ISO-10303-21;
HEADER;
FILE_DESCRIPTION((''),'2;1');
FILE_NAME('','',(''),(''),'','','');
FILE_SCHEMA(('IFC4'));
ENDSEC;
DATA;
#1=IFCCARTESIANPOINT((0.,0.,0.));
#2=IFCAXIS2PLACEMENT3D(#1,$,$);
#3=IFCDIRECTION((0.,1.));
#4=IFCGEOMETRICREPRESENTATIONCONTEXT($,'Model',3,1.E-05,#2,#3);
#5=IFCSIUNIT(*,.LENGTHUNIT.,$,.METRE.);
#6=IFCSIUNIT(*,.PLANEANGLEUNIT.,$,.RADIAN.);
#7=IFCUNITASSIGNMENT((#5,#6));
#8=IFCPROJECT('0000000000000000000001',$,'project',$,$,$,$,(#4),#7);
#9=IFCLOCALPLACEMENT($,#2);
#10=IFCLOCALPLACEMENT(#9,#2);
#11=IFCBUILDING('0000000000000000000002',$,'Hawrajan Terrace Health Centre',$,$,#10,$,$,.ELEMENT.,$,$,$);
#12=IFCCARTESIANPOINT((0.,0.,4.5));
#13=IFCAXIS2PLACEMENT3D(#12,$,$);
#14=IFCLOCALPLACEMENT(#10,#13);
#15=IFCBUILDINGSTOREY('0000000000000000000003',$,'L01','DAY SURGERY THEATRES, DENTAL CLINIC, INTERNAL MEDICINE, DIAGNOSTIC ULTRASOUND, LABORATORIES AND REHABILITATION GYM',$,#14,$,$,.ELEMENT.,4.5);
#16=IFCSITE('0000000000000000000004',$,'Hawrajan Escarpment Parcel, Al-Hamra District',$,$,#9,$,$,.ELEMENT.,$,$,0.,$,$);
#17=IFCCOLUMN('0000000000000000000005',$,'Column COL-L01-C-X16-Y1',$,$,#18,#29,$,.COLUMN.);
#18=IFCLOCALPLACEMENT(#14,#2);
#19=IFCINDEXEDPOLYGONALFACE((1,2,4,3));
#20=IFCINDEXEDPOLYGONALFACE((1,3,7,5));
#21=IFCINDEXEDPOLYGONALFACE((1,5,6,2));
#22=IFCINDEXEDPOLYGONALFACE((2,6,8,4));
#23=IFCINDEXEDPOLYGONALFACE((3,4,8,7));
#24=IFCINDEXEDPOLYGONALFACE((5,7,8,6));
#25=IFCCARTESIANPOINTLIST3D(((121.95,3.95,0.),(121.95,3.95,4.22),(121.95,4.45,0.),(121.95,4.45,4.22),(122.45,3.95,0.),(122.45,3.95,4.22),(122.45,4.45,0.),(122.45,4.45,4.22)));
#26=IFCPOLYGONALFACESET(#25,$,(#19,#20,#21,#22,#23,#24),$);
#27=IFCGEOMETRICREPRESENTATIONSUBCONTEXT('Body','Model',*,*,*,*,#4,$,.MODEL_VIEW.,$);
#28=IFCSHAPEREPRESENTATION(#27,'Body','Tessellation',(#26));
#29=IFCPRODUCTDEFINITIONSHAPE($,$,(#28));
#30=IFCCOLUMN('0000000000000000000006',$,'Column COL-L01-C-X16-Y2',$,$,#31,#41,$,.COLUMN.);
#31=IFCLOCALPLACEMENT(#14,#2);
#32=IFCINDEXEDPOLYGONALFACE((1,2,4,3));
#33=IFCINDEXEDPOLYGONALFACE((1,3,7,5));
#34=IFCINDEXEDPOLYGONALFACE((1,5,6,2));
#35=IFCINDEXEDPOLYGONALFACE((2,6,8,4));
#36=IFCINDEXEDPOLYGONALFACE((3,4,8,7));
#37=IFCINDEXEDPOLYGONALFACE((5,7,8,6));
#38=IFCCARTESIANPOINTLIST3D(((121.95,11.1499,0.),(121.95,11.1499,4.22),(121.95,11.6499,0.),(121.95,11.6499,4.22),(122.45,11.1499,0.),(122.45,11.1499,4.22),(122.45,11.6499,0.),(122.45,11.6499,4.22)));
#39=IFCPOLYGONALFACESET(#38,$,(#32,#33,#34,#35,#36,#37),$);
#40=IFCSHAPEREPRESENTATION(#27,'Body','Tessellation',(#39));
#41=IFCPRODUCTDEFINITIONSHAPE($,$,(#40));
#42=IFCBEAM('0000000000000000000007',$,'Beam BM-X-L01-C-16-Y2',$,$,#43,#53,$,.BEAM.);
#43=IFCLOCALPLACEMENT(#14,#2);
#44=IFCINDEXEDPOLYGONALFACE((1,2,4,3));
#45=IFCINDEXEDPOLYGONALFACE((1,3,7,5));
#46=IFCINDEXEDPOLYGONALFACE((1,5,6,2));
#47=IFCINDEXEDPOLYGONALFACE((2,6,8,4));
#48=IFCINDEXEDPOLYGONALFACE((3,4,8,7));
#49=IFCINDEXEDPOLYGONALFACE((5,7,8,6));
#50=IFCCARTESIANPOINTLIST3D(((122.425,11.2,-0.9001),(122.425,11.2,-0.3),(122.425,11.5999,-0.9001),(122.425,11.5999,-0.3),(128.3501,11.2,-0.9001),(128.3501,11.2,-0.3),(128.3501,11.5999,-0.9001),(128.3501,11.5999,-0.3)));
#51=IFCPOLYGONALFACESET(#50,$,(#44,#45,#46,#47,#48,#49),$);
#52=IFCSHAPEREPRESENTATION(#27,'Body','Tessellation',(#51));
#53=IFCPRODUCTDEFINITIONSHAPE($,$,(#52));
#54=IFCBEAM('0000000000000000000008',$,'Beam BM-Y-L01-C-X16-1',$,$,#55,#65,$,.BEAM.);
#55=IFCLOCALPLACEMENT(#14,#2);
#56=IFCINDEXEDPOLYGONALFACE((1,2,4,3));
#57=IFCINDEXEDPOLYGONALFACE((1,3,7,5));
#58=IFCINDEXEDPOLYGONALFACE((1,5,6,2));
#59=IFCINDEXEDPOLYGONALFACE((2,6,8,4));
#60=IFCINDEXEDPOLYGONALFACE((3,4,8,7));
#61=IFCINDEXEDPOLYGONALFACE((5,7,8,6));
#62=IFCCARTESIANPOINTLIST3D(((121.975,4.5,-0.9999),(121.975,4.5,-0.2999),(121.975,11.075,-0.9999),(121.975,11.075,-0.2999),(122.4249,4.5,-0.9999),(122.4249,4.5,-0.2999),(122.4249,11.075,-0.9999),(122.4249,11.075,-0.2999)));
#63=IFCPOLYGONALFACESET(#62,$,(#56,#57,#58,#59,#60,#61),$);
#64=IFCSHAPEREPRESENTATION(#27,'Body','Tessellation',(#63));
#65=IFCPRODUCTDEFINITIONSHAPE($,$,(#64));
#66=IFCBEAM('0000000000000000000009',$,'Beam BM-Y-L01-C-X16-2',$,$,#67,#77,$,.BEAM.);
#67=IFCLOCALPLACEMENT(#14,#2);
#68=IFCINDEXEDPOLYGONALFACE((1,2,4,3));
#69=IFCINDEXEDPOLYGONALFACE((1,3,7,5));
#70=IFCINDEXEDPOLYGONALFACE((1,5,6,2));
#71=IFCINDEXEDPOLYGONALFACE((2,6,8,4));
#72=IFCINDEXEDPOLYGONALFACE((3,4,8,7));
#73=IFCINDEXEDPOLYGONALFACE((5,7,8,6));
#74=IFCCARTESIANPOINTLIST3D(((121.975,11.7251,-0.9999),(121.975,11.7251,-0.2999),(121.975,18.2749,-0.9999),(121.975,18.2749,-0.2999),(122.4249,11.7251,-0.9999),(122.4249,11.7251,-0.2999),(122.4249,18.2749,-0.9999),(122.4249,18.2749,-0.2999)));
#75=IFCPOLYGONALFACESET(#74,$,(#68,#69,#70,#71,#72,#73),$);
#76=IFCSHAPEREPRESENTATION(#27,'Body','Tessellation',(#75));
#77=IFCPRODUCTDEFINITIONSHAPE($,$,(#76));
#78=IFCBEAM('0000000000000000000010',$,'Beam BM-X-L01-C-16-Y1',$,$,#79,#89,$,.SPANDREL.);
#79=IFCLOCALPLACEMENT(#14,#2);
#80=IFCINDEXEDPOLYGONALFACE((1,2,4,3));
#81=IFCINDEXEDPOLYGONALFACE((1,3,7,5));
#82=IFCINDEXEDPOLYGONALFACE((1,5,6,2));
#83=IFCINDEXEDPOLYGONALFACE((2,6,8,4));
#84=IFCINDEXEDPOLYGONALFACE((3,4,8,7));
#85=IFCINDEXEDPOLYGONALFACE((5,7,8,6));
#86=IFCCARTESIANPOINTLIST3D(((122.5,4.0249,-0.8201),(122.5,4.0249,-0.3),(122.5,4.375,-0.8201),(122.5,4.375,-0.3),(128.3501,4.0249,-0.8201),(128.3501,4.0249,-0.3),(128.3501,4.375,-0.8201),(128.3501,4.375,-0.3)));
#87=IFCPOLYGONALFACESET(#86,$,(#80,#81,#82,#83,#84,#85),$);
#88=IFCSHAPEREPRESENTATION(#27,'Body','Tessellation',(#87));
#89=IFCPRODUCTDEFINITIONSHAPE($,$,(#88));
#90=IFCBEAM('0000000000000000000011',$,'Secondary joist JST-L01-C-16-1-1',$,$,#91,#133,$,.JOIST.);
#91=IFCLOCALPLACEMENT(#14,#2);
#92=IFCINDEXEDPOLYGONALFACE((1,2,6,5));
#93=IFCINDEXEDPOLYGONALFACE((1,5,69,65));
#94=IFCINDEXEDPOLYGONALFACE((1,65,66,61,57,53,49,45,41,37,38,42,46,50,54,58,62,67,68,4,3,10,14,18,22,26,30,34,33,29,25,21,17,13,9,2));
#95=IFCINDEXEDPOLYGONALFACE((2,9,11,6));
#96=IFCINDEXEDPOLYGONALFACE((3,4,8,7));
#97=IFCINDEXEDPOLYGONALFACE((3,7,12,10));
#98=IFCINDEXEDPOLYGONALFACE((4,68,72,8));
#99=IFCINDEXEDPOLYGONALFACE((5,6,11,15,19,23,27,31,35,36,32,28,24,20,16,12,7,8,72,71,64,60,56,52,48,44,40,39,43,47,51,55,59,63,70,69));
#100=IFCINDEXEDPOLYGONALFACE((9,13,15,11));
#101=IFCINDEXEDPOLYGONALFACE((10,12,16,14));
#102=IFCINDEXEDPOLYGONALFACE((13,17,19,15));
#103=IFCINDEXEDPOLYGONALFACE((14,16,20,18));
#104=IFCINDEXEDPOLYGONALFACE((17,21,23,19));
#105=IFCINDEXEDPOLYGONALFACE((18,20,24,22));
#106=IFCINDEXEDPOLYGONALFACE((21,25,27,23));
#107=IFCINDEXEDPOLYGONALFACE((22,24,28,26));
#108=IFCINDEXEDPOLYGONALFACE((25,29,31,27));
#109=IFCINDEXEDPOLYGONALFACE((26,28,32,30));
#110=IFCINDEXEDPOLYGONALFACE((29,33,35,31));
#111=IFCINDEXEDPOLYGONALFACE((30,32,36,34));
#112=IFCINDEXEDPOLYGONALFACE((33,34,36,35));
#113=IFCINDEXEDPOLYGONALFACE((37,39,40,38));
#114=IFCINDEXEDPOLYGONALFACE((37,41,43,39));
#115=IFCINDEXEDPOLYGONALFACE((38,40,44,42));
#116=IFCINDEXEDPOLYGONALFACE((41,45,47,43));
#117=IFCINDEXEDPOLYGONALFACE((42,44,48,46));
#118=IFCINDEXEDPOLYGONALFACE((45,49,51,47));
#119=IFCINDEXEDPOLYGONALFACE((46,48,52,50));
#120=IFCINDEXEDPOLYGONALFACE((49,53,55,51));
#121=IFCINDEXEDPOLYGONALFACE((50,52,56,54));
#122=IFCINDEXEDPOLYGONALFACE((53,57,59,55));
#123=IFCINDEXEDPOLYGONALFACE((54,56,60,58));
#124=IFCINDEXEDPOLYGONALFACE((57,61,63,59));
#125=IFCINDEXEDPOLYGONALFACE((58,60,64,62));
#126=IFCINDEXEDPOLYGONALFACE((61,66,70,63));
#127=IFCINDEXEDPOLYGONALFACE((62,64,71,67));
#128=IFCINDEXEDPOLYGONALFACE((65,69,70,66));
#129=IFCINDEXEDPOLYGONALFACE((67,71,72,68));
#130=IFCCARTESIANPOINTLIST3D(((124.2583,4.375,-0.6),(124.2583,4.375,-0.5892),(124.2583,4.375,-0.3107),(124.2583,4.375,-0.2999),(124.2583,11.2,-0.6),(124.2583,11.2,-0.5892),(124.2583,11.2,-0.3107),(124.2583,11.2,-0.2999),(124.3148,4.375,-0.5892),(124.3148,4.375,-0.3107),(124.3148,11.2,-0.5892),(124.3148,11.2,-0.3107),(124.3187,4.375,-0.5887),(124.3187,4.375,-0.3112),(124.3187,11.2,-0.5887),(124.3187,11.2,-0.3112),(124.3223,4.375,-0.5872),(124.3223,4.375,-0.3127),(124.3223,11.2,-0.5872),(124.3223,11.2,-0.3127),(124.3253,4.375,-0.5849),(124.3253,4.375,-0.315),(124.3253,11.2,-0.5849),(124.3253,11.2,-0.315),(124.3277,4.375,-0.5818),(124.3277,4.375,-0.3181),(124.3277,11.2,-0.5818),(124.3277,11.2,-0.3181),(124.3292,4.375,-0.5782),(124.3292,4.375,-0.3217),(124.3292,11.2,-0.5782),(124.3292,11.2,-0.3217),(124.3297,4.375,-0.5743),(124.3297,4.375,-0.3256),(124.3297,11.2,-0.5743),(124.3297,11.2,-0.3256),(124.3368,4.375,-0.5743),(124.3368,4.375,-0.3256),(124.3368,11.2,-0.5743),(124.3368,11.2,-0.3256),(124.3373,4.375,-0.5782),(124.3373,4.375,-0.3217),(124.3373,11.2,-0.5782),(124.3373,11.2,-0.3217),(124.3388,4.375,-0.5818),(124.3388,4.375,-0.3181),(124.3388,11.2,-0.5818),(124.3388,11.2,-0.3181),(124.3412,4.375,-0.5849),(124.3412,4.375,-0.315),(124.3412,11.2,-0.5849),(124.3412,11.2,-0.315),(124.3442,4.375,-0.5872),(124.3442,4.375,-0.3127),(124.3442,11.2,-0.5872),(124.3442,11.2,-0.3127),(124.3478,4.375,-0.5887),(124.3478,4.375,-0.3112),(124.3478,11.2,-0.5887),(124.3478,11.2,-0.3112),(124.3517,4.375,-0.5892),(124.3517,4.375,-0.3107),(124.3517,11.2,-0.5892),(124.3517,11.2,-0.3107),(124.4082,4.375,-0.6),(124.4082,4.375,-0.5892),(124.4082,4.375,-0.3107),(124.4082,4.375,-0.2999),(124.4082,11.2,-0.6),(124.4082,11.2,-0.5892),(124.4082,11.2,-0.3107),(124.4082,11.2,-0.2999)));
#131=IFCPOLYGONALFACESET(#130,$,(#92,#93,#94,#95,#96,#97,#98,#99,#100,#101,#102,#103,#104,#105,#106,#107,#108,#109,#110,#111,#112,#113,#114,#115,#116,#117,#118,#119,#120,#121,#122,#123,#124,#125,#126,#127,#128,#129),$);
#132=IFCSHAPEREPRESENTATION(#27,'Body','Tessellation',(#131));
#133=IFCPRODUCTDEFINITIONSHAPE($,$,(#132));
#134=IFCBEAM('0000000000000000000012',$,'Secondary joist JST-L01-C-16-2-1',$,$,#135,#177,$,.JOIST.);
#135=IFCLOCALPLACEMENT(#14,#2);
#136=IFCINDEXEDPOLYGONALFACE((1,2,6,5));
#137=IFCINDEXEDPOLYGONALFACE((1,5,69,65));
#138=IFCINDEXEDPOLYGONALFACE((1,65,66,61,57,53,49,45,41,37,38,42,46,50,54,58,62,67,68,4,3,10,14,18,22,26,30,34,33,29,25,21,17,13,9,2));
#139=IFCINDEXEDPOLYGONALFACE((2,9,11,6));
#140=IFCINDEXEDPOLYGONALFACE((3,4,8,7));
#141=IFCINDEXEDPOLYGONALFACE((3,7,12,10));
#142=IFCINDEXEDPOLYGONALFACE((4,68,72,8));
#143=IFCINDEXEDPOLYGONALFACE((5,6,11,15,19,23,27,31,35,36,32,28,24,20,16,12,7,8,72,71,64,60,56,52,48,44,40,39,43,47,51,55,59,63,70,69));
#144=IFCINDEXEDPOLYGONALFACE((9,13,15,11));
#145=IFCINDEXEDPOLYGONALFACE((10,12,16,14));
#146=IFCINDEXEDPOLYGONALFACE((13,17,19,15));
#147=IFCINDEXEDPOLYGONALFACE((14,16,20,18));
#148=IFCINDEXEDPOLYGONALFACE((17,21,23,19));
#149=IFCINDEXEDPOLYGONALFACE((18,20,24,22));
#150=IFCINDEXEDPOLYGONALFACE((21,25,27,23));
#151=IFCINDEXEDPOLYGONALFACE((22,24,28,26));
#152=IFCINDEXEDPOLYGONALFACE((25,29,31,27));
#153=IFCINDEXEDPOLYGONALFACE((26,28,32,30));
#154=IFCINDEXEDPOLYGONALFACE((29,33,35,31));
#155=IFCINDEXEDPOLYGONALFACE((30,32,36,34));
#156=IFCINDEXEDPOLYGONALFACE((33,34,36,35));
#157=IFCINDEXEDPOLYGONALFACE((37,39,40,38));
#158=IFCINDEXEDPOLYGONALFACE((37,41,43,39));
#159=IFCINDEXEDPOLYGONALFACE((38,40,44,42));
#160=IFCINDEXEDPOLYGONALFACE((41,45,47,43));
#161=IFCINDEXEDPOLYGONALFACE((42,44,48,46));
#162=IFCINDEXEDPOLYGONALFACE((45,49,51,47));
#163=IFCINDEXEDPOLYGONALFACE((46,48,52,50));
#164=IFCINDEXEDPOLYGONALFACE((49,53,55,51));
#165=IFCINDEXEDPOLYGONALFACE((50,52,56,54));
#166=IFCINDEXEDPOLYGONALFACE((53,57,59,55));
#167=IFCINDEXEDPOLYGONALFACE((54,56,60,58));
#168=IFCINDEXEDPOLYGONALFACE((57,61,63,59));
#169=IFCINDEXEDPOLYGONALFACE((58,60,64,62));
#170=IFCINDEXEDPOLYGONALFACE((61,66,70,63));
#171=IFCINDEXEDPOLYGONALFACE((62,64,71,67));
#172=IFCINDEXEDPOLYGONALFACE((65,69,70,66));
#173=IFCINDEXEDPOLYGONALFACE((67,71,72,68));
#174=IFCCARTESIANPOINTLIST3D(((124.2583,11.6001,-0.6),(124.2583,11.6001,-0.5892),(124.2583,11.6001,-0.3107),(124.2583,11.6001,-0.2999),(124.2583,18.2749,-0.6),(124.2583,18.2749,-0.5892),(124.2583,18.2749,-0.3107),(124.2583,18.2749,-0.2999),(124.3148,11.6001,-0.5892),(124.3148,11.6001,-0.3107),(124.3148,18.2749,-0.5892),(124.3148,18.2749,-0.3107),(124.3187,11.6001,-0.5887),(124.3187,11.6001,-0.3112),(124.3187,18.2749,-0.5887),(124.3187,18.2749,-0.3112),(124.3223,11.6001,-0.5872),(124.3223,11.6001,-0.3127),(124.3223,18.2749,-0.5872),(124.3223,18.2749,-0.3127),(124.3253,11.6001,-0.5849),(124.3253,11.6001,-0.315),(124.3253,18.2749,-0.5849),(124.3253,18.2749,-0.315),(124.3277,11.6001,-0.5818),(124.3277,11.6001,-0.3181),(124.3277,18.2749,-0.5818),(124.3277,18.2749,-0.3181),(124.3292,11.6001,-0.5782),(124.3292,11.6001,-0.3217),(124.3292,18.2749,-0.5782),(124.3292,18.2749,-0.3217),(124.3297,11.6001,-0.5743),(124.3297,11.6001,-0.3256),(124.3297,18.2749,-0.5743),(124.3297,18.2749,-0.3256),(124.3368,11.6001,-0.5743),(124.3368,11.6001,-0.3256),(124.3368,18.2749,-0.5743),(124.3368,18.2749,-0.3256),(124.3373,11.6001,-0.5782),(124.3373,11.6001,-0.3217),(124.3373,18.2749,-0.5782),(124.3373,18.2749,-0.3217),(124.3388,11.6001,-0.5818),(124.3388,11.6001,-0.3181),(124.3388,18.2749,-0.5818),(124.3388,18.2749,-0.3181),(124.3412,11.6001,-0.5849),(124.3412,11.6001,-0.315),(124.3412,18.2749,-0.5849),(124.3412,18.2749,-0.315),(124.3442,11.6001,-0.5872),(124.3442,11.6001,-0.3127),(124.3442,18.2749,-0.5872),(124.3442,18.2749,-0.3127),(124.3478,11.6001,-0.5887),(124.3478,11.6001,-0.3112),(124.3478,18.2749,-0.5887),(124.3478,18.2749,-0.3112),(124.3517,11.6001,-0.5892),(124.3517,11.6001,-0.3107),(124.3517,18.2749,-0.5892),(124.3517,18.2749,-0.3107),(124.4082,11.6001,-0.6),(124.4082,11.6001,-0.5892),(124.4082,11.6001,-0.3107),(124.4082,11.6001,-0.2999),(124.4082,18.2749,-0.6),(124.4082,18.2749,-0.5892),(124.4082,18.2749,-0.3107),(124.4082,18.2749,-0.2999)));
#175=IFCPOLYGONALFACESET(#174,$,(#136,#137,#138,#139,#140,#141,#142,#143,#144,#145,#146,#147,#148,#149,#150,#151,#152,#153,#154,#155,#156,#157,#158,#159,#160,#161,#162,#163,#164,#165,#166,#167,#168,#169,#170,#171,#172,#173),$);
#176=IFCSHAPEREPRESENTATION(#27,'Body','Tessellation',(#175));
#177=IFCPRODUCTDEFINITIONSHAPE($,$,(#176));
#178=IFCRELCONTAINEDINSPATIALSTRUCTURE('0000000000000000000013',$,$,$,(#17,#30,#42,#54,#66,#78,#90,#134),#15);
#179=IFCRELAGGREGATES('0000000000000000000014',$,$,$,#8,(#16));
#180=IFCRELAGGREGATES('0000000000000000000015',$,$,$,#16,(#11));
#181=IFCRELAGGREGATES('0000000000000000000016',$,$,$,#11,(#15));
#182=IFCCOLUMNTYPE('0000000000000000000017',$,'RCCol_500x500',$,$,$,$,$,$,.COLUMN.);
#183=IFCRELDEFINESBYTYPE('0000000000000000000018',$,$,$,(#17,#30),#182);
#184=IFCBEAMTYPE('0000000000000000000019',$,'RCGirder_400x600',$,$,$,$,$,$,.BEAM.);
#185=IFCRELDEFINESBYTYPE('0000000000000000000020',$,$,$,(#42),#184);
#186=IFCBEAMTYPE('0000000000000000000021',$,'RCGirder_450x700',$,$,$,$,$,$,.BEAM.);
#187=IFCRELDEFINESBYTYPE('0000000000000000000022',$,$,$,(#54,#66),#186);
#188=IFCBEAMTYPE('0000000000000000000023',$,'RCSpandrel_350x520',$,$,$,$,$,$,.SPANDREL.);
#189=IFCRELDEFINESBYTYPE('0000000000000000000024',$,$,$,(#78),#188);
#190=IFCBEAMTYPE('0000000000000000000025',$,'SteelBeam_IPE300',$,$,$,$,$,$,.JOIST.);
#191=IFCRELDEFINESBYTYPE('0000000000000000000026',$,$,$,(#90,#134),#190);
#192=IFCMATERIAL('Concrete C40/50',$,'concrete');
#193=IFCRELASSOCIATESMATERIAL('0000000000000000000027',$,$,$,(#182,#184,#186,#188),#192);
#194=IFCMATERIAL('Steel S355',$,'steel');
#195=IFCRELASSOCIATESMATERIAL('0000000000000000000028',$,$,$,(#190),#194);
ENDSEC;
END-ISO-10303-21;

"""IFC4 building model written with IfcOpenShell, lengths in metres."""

from ifc_helpers import new_model, si_unit, direction, frame, origin, origin_2d, place, context, subcontext, project, spatial, rectangle, i_section, extrude, material, material_profile, profile_set, type_object, element, save


model = new_model("IFC4")

# Units and contexts
model_context = context("Model", 3, precision=1e-05, world=origin(), true_north=direction((0.0, 1.0)))
body_context = subcontext(model_context, "Body", "Model", "MODEL_VIEW")
ifc_project = project(units=[si_unit("LENGTHUNIT", "METRE"), si_unit("PLANEANGLEUNIT", "RADIAN")], contexts=[model_context])

# Site, building, storey
site_placement = place(None, origin())
site = spatial("IfcSite", under=ifc_project, at=site_placement, Name="Hawrajan Escarpment Parcel, Al-Hamra District", CompositionType="ELEMENT", RefElevation=0.0)
building_placement = place(site_placement, origin())
building = spatial("IfcBuilding", under=site, at=building_placement, Name="Hawrajan Terrace Health Centre", CompositionType="ELEMENT")
storey_placement = place(building_placement, frame((0.0, 0.0, 4.5)))
storey = spatial("IfcBuildingStorey", under=building, at=storey_placement, Name="L01", Description="DAY SURGERY THEATRES, DENTAL CLINIC, INTERNAL MEDICINE, DIAGNOSTIC ULTRASOUND, LABORATORIES AND REHABILITATION GYM", CompositionType="ELEMENT", Elevation=4.5)

# Columns
ifc_material_1 = material(Name="Concrete C40/50", Category="concrete")
ifc_material_profile_1 = material_profile(ifc_material_1, rectangle(XDim=0.5, YDim=0.5, at=origin_2d()), Name="RC 500x500")
ifc_profile_set_1 = profile_set([ifc_material_profile_1], Name="Concrete C40/50")
column_type = type_object("IfcColumnType", Name="RCCol_500x500", PredefinedType="COLUMN", material=ifc_profile_set_1)
for number, where, z_axis, x_axis, name in (
    (1, (122.2, 4.2, 0.0), (0.0, 0.0, 1.0), (1.0, 0.0, 0.0), "Column COL-L01-C-X16-Y1"),
    (2, (122.2, 11.3999, 0.0), (0.0, 0.0, 1.0), (1.0, 0.0, 0.0), "Column COL-L01-C-X16-Y2"),
):
    element("IfcColumn", number, at=place(storey_placement, frame(where, z_axis=z_axis, x_axis=x_axis)), inside=storey, type_object=column_type, Name=name, PredefinedType="COLUMN", context=body_context, shape_type="SweptSolid", body=[
        extrude(rectangle(XDim=0.5, YDim=0.5, at=origin_2d()), origin(), (0.0, 0.0, 1.0), 4.22),
    ])

# Beams
ifc_material_profile_2 = material_profile(ifc_material_1, rectangle(XDim=0.3999, YDim=0.6001, at=origin_2d()), Name="RC BM 400x600")
ifc_profile_set_2 = profile_set([ifc_material_profile_2], Name="Concrete C40/50")
beam_type_1 = type_object("IfcBeamType", Name="RCGirder_400x600", PredefinedType="BEAM", material=ifc_profile_set_2)
beam_1_placement = place(storey_placement, frame((122.425, 11.3999, -0.6001), z_axis=(1.0, 0.0, 0.0), x_axis=(0.0, 1.0, 0.0)))
element("IfcBeam", 3, at=beam_1_placement, inside=storey, type_object=beam_type_1, Name="Beam BM-X-L01-C-16-Y2", PredefinedType="BEAM", context=body_context, shape_type="SweptSolid", body=[
    extrude(rectangle(XDim=0.3999, YDim=0.6001, at=origin_2d()), origin(), (0.0, 0.0, 1.0), 5.925),
])
ifc_material_profile_3 = material_profile(ifc_material_1, rectangle(XDim=0.45, YDim=0.7, at=origin_2d()), Name="RC BM 450x700")
ifc_profile_set_3 = profile_set([ifc_material_profile_3], Name="Concrete C40/50")
beam_type_2 = type_object("IfcBeamType", Name="RCGirder_450x700", PredefinedType="BEAM", material=ifc_profile_set_3)
beam_2_placement = place(storey_placement, frame((122.2, 4.5, -0.6499), z_axis=(0.0, 1.0, 0.0), x_axis=(-1.0, 0.0, 0.0)))
element("IfcBeam", 4, at=beam_2_placement, inside=storey, type_object=beam_type_2, Name="Beam BM-Y-L01-C-X16-1", PredefinedType="BEAM", context=body_context, shape_type="SweptSolid", body=[
    extrude(rectangle(XDim=0.45, YDim=0.7, at=origin_2d()), origin(), (0.0, 0.0, 1.0), 6.575),
])
beam_3_placement = place(storey_placement, frame((122.2, 11.7251, -0.6499), z_axis=(0.0, 1.0, 0.0), x_axis=(-1.0, 0.0, 0.0)))
element("IfcBeam", 5, at=beam_3_placement, inside=storey, type_object=beam_type_2, Name="Beam BM-Y-L01-C-X16-2", PredefinedType="BEAM", context=body_context, shape_type="SweptSolid", body=[
    extrude(rectangle(XDim=0.45, YDim=0.7, at=origin_2d()), origin(), (0.0, 0.0, 1.0), 6.5498),
])
ifc_material_profile_4 = material_profile(ifc_material_1, rectangle(XDim=0.3501, YDim=0.52, at=origin_2d()), Name="RC SP 350x520")
ifc_profile_set_4 = profile_set([ifc_material_profile_4], Name="Concrete C40/50")
beam_type_3 = type_object("IfcBeamType", Name="RCSpandrel_350x520", PredefinedType="SPANDREL", material=ifc_profile_set_4)
beam_4_placement = place(storey_placement, frame((122.5, 4.2, -0.5601), z_axis=(1.0, 0.0, 0.0), x_axis=(0.0, 1.0, 0.0)))
element("IfcBeam", 6, at=beam_4_placement, inside=storey, type_object=beam_type_3, Name="Beam BM-X-L01-C-16-Y1", PredefinedType="SPANDREL", context=body_context, shape_type="SweptSolid", body=[
    extrude(rectangle(XDim=0.3501, YDim=0.52, at=origin_2d()), origin(), (0.0, 0.0, 1.0), 5.8501),
])
ifc_material_2 = material(Name="Steel S355", Category="steel")
ifc_material_profile_5 = material_profile(ifc_material_2, i_section(OverallWidth=0.1499, OverallDepth=0.3, WebThickness=0.0071, FlangeThickness=0.0107, FilletRadius=0.0149, at=origin_2d()), Name="IPE 300")
ifc_profile_set_5 = profile_set([ifc_material_profile_5], Name="Steel S355")
beam_type_4 = type_object("IfcBeamType", Name="SteelBeam_IPE300", PredefinedType="JOIST", material=ifc_profile_set_5)
beam_5_placement = place(storey_placement, frame((124.3333, 4.375, -0.45), z_axis=(0.0, 1.0, 0.0), x_axis=(-1.0, 0.0, 0.0)))
element("IfcBeam", 7, at=beam_5_placement, inside=storey, type_object=beam_type_4, Name="Secondary joist JST-L01-C-16-1-1", PredefinedType="JOIST", context=body_context, shape_type="SweptSolid", body=[
    extrude(i_section(OverallWidth=0.1499, OverallDepth=0.3, WebThickness=0.0071, FlangeThickness=0.0107, FilletRadius=0.0149, at=origin_2d()), origin(), (0.0, 0.0, 1.0), 6.825),
])
beam_6_placement = place(storey_placement, frame((124.3333, 11.6001, -0.45), z_axis=(0.0, 1.0, 0.0), x_axis=(-1.0, 0.0, 0.0)))
element("IfcBeam", 8, at=beam_6_placement, inside=storey, type_object=beam_type_4, Name="Secondary joist JST-L01-C-16-2-1", PredefinedType="JOIST", context=body_context, shape_type="SweptSolid", body=[
    extrude(i_section(OverallWidth=0.1499, OverallDepth=0.3, WebThickness=0.0071, FlangeThickness=0.0107, FilletRadius=0.0149, at=origin_2d()), origin(), (0.0, 0.0, 1.0), 6.6748),
])

save(model, "model.ifc")
